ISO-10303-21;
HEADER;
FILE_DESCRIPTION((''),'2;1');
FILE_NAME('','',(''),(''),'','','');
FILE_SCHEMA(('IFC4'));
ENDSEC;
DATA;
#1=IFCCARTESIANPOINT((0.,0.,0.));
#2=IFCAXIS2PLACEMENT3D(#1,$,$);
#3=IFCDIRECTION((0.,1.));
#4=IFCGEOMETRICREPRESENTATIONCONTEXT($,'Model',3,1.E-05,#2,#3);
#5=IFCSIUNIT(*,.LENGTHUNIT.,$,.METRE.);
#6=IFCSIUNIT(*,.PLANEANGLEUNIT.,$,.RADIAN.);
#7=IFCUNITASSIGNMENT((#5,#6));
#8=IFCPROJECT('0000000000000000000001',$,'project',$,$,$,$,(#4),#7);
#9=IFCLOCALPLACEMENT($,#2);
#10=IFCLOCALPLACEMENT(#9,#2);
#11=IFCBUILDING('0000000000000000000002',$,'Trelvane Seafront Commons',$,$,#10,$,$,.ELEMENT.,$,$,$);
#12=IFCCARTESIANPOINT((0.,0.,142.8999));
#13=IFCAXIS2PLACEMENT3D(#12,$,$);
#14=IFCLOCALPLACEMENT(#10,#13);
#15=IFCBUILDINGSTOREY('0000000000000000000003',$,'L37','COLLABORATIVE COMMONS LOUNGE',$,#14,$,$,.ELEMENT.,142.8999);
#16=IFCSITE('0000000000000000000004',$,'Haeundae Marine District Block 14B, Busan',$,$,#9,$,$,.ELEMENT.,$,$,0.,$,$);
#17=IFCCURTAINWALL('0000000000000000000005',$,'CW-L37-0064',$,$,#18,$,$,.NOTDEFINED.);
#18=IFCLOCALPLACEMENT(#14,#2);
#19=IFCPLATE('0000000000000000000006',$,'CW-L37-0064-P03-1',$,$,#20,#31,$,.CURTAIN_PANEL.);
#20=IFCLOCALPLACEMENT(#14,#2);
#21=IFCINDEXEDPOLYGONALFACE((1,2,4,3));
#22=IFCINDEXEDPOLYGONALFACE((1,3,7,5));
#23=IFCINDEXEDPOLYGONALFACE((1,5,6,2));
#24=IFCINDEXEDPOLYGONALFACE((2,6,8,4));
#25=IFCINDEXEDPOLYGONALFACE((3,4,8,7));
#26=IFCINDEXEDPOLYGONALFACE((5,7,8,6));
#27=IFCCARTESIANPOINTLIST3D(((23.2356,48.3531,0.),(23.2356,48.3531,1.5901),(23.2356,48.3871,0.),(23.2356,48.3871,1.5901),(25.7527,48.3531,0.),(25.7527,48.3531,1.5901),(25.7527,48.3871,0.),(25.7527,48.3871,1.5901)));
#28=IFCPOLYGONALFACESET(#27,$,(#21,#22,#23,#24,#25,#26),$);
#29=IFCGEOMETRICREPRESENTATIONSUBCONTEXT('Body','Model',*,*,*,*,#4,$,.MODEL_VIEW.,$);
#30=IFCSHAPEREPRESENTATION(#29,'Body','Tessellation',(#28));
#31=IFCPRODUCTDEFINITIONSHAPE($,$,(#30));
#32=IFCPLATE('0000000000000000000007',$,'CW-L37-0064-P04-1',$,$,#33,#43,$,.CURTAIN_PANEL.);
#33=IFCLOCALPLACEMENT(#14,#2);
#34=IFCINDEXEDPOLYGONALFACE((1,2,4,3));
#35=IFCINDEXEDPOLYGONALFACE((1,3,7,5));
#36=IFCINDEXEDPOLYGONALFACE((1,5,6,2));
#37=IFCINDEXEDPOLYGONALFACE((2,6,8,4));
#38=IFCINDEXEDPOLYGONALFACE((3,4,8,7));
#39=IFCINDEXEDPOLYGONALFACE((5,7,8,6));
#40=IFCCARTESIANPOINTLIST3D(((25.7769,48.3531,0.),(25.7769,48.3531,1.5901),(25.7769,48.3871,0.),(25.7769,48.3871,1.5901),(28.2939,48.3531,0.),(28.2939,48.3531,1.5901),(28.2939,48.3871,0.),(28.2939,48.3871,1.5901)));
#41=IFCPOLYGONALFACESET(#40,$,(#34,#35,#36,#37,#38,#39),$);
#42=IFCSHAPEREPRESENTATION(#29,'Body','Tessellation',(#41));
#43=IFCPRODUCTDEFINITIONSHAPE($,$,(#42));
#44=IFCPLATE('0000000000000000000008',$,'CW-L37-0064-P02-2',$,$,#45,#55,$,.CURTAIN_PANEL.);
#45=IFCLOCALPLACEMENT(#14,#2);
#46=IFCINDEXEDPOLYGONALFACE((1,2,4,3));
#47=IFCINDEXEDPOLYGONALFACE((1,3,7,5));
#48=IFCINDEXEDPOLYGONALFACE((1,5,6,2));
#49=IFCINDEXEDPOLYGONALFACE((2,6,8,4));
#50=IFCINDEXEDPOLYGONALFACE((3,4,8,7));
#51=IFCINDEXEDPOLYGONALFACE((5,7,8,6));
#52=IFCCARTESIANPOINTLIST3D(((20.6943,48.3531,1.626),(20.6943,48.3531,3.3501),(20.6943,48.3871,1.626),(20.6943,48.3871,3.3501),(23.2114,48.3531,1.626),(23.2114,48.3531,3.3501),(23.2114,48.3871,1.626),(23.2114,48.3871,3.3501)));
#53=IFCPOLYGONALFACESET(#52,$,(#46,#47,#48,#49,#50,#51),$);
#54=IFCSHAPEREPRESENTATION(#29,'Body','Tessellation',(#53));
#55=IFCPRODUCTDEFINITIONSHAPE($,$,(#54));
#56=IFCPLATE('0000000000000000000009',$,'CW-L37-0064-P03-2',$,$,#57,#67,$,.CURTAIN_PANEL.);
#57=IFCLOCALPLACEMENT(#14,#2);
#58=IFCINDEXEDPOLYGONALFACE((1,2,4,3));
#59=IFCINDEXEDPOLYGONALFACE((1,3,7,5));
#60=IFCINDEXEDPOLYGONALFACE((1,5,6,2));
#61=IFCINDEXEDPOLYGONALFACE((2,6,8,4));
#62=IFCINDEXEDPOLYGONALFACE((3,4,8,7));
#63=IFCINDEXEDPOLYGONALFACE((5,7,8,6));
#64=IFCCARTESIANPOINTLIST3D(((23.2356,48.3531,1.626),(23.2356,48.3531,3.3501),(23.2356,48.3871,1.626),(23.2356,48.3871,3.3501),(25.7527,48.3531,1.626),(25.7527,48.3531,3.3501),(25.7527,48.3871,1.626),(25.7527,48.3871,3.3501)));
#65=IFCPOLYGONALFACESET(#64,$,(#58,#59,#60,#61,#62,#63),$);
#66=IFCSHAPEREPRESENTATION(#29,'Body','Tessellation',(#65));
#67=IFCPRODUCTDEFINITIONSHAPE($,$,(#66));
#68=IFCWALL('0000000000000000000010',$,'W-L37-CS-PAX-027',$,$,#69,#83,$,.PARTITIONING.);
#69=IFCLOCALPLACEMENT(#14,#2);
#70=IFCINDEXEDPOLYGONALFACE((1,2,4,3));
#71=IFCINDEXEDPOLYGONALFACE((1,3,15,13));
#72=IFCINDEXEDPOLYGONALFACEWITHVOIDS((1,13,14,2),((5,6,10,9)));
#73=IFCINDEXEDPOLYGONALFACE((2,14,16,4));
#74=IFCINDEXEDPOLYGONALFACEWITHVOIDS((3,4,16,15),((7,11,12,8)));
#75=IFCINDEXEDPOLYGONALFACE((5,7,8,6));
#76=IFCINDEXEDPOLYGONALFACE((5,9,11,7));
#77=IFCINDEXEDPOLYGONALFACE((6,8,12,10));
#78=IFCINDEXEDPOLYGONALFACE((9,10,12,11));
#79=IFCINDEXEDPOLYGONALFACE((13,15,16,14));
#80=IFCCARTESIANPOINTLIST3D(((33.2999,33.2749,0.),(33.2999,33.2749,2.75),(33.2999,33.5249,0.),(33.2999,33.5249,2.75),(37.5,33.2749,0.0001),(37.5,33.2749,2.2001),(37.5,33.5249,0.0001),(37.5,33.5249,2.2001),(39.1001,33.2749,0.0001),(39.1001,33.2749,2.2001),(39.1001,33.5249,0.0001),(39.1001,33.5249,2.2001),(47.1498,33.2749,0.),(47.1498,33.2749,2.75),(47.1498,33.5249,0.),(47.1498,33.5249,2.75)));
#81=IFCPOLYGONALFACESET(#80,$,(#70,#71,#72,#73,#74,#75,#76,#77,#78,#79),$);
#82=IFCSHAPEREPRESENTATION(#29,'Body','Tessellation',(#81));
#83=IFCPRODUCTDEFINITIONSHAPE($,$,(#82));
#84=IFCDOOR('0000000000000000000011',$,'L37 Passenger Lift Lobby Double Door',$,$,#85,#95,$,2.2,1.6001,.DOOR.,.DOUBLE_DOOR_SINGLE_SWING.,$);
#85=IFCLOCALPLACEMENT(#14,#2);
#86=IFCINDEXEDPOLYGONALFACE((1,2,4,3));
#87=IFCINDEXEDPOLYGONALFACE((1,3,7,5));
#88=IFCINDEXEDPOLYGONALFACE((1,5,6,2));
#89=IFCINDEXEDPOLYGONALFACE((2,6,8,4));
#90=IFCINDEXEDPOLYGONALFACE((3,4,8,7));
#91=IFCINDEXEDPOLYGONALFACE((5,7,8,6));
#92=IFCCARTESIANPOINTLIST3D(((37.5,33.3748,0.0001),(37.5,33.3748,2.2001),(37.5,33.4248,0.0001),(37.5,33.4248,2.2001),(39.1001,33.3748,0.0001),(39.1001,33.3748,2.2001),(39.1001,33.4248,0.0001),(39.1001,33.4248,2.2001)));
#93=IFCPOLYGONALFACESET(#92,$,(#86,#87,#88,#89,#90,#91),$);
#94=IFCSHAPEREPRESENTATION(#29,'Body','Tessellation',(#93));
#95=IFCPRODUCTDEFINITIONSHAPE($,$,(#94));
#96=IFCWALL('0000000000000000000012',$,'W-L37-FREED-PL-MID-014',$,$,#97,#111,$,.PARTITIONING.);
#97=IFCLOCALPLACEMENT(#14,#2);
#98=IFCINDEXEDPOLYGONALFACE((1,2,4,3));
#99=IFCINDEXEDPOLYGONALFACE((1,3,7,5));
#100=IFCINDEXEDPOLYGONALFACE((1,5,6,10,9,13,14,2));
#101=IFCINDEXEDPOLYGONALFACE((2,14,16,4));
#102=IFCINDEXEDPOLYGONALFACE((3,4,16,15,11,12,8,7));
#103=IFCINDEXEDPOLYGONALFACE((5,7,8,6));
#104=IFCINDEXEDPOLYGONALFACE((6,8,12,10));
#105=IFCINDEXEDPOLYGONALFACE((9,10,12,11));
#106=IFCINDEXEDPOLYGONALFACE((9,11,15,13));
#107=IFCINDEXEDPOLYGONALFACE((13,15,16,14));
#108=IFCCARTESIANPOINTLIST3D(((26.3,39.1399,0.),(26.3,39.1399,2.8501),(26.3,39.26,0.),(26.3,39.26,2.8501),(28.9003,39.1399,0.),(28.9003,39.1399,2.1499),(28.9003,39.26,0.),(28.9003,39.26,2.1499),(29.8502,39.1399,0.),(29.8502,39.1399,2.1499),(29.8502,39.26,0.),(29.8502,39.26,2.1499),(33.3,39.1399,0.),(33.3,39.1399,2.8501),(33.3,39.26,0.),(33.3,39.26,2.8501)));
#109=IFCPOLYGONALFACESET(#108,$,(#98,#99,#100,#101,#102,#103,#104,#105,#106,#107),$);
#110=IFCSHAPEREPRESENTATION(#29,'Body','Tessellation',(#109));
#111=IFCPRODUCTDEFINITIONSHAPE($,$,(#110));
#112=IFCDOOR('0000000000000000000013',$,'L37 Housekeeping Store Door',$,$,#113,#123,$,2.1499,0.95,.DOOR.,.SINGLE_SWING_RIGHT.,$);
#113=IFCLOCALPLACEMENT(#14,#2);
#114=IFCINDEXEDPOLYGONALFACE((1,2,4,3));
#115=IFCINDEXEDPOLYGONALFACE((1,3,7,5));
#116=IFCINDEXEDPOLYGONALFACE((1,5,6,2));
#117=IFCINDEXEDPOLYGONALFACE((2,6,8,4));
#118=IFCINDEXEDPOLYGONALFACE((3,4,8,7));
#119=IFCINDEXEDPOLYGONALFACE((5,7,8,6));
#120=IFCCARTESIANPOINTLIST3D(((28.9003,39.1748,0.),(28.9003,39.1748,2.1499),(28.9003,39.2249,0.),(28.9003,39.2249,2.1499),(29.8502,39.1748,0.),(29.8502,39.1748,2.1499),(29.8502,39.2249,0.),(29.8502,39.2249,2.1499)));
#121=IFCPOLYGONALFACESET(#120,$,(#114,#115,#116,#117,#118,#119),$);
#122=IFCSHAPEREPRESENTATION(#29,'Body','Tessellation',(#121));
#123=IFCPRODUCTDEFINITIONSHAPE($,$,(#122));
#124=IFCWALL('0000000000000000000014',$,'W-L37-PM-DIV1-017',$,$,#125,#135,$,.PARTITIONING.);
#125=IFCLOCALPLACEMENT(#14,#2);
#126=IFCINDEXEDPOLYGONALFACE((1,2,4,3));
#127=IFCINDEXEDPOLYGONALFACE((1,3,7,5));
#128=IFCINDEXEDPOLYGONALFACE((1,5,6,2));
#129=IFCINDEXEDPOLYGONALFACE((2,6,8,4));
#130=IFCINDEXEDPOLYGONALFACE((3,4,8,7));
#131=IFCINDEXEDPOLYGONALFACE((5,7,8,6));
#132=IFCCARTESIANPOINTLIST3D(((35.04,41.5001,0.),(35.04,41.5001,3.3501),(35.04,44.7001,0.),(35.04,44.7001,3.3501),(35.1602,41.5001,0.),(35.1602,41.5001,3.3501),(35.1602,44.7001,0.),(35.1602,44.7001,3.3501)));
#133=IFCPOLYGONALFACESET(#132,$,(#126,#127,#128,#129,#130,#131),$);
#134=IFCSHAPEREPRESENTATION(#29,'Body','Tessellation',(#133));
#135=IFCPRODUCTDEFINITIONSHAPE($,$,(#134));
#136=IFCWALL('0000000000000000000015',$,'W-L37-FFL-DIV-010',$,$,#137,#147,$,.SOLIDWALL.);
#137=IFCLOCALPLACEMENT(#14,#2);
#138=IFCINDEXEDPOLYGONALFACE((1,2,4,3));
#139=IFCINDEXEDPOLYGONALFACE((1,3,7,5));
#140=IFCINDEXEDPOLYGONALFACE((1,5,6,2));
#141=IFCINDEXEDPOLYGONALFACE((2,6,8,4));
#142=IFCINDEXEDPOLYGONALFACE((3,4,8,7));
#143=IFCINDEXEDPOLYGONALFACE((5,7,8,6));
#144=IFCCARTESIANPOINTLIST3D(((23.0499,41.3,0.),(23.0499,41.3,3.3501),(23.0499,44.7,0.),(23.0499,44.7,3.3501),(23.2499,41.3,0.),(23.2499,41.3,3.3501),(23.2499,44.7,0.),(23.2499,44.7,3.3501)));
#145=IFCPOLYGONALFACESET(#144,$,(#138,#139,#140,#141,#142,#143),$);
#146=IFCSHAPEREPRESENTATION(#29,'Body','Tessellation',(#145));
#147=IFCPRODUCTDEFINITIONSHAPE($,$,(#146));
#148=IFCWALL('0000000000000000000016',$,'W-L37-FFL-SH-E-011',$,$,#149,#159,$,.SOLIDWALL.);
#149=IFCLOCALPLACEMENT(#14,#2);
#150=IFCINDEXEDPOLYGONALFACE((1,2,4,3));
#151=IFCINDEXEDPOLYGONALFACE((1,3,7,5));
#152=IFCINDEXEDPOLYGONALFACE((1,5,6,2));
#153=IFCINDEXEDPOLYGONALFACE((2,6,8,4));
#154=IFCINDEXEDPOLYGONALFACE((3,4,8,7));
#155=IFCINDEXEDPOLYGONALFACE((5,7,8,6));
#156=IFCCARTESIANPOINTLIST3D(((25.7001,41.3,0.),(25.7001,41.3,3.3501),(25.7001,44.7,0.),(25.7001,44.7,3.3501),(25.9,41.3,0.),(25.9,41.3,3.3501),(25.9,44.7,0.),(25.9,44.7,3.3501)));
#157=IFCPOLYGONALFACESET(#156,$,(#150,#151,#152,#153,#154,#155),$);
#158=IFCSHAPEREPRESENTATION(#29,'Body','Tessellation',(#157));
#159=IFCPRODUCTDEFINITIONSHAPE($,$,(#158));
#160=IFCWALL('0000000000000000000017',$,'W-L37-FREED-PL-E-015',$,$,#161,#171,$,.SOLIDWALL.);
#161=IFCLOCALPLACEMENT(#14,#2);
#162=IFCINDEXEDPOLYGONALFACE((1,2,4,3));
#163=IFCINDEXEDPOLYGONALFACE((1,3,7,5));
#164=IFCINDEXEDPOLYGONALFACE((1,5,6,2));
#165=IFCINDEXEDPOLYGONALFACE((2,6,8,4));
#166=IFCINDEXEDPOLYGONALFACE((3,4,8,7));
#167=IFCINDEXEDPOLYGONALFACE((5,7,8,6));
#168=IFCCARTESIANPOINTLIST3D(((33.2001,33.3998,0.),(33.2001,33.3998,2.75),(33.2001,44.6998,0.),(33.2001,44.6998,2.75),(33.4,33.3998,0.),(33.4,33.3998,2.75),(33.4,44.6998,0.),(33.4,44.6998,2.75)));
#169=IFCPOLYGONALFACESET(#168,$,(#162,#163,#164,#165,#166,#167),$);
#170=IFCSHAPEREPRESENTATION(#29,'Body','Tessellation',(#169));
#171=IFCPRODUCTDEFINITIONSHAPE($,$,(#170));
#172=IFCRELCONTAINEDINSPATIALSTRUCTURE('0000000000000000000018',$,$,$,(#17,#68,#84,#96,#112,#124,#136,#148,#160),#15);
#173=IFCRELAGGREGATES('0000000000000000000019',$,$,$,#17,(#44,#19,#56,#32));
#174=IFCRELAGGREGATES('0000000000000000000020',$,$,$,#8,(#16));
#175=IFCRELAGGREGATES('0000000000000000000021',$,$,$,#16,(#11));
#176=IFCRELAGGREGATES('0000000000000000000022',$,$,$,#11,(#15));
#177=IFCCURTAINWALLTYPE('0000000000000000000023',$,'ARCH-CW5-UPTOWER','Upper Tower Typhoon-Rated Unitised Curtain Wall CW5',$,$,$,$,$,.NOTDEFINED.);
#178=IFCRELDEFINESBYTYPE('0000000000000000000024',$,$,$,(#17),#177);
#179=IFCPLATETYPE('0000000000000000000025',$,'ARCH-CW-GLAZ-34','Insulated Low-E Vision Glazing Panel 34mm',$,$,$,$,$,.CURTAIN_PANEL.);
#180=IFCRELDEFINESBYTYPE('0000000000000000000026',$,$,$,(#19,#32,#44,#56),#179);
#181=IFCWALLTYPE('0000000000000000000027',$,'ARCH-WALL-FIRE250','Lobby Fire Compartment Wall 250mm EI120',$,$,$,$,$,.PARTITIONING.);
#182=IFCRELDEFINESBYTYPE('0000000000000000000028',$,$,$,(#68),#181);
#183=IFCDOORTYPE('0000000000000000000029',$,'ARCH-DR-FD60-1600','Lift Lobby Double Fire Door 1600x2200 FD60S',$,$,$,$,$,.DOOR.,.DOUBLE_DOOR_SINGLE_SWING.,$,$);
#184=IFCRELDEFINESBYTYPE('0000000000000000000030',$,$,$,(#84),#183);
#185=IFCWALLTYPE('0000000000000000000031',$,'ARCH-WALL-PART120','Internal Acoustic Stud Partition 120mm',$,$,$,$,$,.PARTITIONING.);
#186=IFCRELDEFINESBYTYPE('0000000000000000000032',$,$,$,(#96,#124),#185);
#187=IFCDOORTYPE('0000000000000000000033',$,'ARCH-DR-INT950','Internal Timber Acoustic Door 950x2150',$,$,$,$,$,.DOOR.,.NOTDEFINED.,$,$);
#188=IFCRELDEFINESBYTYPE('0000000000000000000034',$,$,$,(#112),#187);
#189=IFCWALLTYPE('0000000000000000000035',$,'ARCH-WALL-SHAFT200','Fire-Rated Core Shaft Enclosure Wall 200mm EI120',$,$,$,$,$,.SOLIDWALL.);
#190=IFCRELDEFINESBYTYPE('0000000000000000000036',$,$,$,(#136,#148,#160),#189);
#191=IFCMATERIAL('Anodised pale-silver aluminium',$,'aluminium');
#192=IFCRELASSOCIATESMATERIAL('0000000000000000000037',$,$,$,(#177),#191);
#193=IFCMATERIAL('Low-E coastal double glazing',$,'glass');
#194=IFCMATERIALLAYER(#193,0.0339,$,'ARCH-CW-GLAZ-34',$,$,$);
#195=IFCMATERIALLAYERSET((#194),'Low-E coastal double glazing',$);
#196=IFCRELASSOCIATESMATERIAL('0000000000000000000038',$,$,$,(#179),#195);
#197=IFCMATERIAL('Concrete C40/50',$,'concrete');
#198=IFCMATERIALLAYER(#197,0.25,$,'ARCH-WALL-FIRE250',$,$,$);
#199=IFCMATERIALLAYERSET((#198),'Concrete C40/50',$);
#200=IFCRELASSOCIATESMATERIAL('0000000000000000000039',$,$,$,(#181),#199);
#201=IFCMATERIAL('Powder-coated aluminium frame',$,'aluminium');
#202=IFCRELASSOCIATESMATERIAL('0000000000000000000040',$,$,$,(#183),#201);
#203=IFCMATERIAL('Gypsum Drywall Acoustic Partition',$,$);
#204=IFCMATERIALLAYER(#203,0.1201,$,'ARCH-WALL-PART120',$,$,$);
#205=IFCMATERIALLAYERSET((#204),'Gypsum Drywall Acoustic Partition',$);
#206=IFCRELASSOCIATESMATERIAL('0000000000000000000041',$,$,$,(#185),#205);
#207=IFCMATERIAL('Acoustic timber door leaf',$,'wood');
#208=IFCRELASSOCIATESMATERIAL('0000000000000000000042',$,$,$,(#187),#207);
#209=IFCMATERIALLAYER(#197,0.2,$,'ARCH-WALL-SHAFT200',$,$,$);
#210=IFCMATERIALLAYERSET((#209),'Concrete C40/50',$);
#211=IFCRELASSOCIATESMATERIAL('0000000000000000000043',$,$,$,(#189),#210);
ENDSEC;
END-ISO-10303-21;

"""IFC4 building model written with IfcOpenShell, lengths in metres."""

from ifc_helpers import new_model, si_unit, direction, frame, frame_2d, origin, origin_2d, place, context, subcontext, project, spatial, rectangle, extrude, source, transform, mapped, material, layer, layer_set, type_object, element, fill, aggregate, save


model = new_model("IFC4")

# Units and contexts
model_context = context("Model", 3, precision=1e-05, world=origin(), true_north=direction((0.0, 1.0)))
body_context = subcontext(model_context, "Body", "Model", "MODEL_VIEW")
ifc_project = project(units=[si_unit("LENGTHUNIT", "METRE"), si_unit("PLANEANGLEUNIT", "RADIAN")], contexts=[model_context])

# Site, building, storey
site_placement = place(None, origin())
site = spatial("IfcSite", under=ifc_project, at=site_placement, Name="Haeundae Marine District Block 14B, Busan", CompositionType="ELEMENT", RefElevation=0.0)
building_placement = place(site_placement, origin())
building = spatial("IfcBuilding", under=site, at=building_placement, Name="Trelvane Seafront Commons", CompositionType="ELEMENT")
storey_placement = place(building_placement, frame((0.0, 0.0, 142.8999)))
storey = spatial("IfcBuildingStorey", under=building, at=storey_placement, Name="L37", Description="COLLABORATIVE COMMONS LOUNGE", CompositionType="ELEMENT", Elevation=142.8999)

# Curtain wall, plates
ifc_material_1 = material(Name="Anodised pale-silver aluminium", Category="aluminium")
curtain_wall_type = type_object("IfcCurtainWallType", Name="ARCH-CW5-UPTOWER", Description="Upper Tower Typhoon-Rated Unitised Curtain Wall CW5", PredefinedType="NOTDEFINED", material=ifc_material_1)
curtain_wall_placement = place(storey_placement, origin())
curtain_wall = element("IfcCurtainWall", 1, at=curtain_wall_placement, inside=storey, type_object=curtain_wall_type, Name="CW-L37-0064", PredefinedType="NOTDEFINED")
ifc_material_2 = material(Name="Low-E coastal double glazing", Category="glass")
ifc_layer_1 = layer(ifc_material_2, 0.0339, Name="ARCH-CW-GLAZ-34")
ifc_layer_set_1 = layer_set([ifc_layer_1], Name="Low-E coastal double glazing")
plate_type = type_object("IfcPlateType", Name="ARCH-CW-GLAZ-34", Description="Insulated Low-E Vision Glazing Panel 34mm", PredefinedType="CURTAIN_PANEL", material=ifc_layer_set_1)
shared_shape_1 = source(origin(), body_context, "Body", "SweptSolid", [
    extrude(rectangle(XDim=2.5171, YDim=0.0339, at=origin_2d()), origin(), (0.0, 0.0, 1.0), 1.5901),
])
plate_1_placement = place(storey_placement, frame((24.4941, 48.3701, 0.0), z_axis=(0.0, 0.0, 1.0), x_axis=(1.0, 0.0, 0.0)))
plate_1 = element("IfcPlate", 2, at=plate_1_placement, type_object=plate_type, Name="CW-L37-0064-P03-1", PredefinedType="CURTAIN_PANEL", context=body_context, shape_type="MappedRepresentation", body=[
    mapped(shared_shape_1, transform((0.0, 0.0, 0.0), x_axis=(1.0, 0.0, 0.0), y_axis=(0.0, 1.0, 0.0), z_axis=(0.0, 0.0, 1.0), scale=1.0)),
])
plate_2_placement = place(storey_placement, frame((27.0354, 48.3701, 0.0), z_axis=(0.0, 0.0, 1.0), x_axis=(1.0, 0.0, 0.0)))
plate_2 = element("IfcPlate", 3, at=plate_2_placement, type_object=plate_type, Name="CW-L37-0064-P04-1", PredefinedType="CURTAIN_PANEL", context=body_context, shape_type="MappedRepresentation", body=[
    mapped(shared_shape_1, transform((0.0, 0.0, 0.0), x_axis=(1.0, 0.0, 0.0), y_axis=(0.0, 1.0, 0.0), z_axis=(0.0, 0.0, 1.0), scale=1.0)),
])
shared_shape_2 = source(origin(), body_context, "Body", "SweptSolid", [
    extrude(rectangle(XDim=2.5171, YDim=0.0339, at=origin_2d()), origin(), (0.0, 0.0, 1.0), 1.7241),
])
plate_3_placement = place(storey_placement, frame((21.9529, 48.3701, 1.626), z_axis=(0.0, 0.0, 1.0), x_axis=(1.0, 0.0, 0.0)))
plate_3 = element("IfcPlate", 4, at=plate_3_placement, type_object=plate_type, Name="CW-L37-0064-P02-2", PredefinedType="CURTAIN_PANEL", context=body_context, shape_type="MappedRepresentation", body=[
    mapped(shared_shape_2, transform((0.0, 0.0, 0.0), x_axis=(1.0, 0.0, 0.0), y_axis=(0.0, 1.0, 0.0), z_axis=(0.0, 0.0, 1.0), scale=1.0)),
])
plate_4_placement = place(storey_placement, frame((24.4941, 48.3701, 1.626), z_axis=(0.0, 0.0, 1.0), x_axis=(1.0, 0.0, 0.0)))
plate_4 = element("IfcPlate", 5, at=plate_4_placement, type_object=plate_type, Name="CW-L37-0064-P03-2", PredefinedType="CURTAIN_PANEL", context=body_context, shape_type="MappedRepresentation", body=[
    mapped(shared_shape_2, transform((0.0, 0.0, 0.0), x_axis=(1.0, 0.0, 0.0), y_axis=(0.0, 1.0, 0.0), z_axis=(0.0, 0.0, 1.0), scale=1.0)),
])
aggregate(curtain_wall, [plate_3, plate_1, plate_4, plate_2])

# Walls, openings, doors
ifc_material_3 = material(Name="Concrete C40/50", Category="concrete")
ifc_layer_2 = layer(ifc_material_3, 0.25, Name="ARCH-WALL-FIRE250")
ifc_layer_set_2 = layer_set([ifc_layer_2], Name="Concrete C40/50")
wall_type_1 = type_object("IfcWallType", Name="ARCH-WALL-FIRE250", Description="Lobby Fire Compartment Wall 250mm EI120", PredefinedType="PARTITIONING", material=ifc_layer_set_2)
wall_1_placement = place(storey_placement, frame((33.3, 33.3999, 0.0), z_axis=(0.0, 0.0, 1.0), x_axis=(1.0, 0.0, 0.0)))
wall_1 = element("IfcWall", 6, at=wall_1_placement, inside=storey, type_object=wall_type_1, Name="W-L37-CS-PAX-027", PredefinedType="PARTITIONING", context=body_context, shape_type="SweptSolid", body=[
    extrude(rectangle(XDim=13.8499, YDim=0.25, at=frame_2d((6.9248, 0.0))), origin(), (0.0, 0.0, 1.0), 2.75),
])
opening_1_placement = place(wall_1_placement, frame((4.2, 0.0, 0.0)))
opening_1 = element("IfcOpeningElement", 7, at=opening_1_placement, cuts=wall_1, PredefinedType="OPENING", context=body_context, shape_type="SweptSolid", body=[
    extrude(rectangle(XDim=1.6001, YDim=2.2, at=frame_2d((0.8, 1.1001))), frame((0.0, 0.135, 0.0), z_axis=(0.0, -1.0, 0.0), x_axis=(1.0, 0.0, 0.0)), (0.0, 0.0, 1.0), 0.27),
])
ifc_material_4 = material(Name="Powder-coated aluminium frame", Category="aluminium")
door_type_1 = type_object("IfcDoorType", Name="ARCH-DR-FD60-1600", Description="Lift Lobby Double Fire Door 1600x2200 FD60S", OperationType="DOUBLE_DOOR_SINGLE_SWING", PredefinedType="DOOR", material=ifc_material_4)
shared_shape_3 = source(origin(), body_context, "Body", "SweptSolid", [
    extrude(rectangle(XDim=1.6001, YDim=2.2, at=frame_2d((0.8, 1.1001))), frame((0.0, 0.0249, 0.0), z_axis=(0.0, -1.0, 0.0), x_axis=(1.0, 0.0, 0.0)), (0.0, 0.0, 1.0), 0.05),
])
door_1_placement = place(opening_1_placement, origin())
door_1 = element("IfcDoor", 8, at=door_1_placement, inside=storey, type_object=door_type_1, Name="L37 Passenger Lift Lobby Double Door", OperationType="DOUBLE_DOOR_SINGLE_SWING", OverallHeight=2.2, OverallWidth=1.6001, PredefinedType="DOOR", context=body_context, shape_type="MappedRepresentation", body=[
    mapped(shared_shape_3, transform((0.0, 0.0, 0.0), x_axis=(1.0, 0.0, 0.0), y_axis=(0.0, 1.0, 0.0), z_axis=(0.0, 0.0, 1.0), scale=1.0)),
])
fill(opening_1, door_1)
ifc_material_5 = material(Name="Gypsum Drywall Acoustic Partition")
ifc_layer_3 = layer(ifc_material_5, 0.1201, Name="ARCH-WALL-PART120")
ifc_layer_set_3 = layer_set([ifc_layer_3], Name="Gypsum Drywall Acoustic Partition")
wall_type_2 = type_object("IfcWallType", Name="ARCH-WALL-PART120", Description="Internal Acoustic Stud Partition 120mm", PredefinedType="PARTITIONING", material=ifc_layer_set_3)
wall_2_placement = place(storey_placement, frame((26.3, 39.2, 0.0), z_axis=(0.0, 0.0, 1.0), x_axis=(1.0, 0.0, 0.0)))
wall_2 = element("IfcWall", 9, at=wall_2_placement, inside=storey, type_object=wall_type_2, Name="W-L37-FREED-PL-MID-014", PredefinedType="PARTITIONING", context=body_context, shape_type="SweptSolid", body=[
    extrude(rectangle(XDim=7.0, YDim=0.1201, at=frame_2d((3.5, 0.0))), origin(), (0.0, 0.0, 1.0), 2.8501),
])
opening_2_placement = place(wall_2_placement, frame((2.6001, 0.0, 0.0)))
opening_2 = element("IfcOpeningElement", 10, at=opening_2_placement, cuts=wall_2, PredefinedType="OPENING", context=body_context, shape_type="SweptSolid", body=[
    extrude(rectangle(XDim=0.95, YDim=2.1499, at=frame_2d((0.4751, 1.075))), frame((0.0, 0.0701, 0.0), z_axis=(0.0, -1.0, 0.0), x_axis=(1.0, 0.0, 0.0)), (0.0, 0.0, 1.0), 0.1401),
])
ifc_material_6 = material(Name="Acoustic timber door leaf", Category="wood")
door_type_2 = type_object("IfcDoorType", Name="ARCH-DR-INT950", Description="Internal Timber Acoustic Door 950x2150", OperationType="NOTDEFINED", PredefinedType="DOOR", material=ifc_material_6)
shared_shape_4 = source(origin(), body_context, "Body", "SweptSolid", [
    extrude(rectangle(XDim=0.95, YDim=2.1499, at=frame_2d((0.4751, 1.075))), frame((0.0, 0.0249, 0.0), z_axis=(0.0, -1.0, 0.0), x_axis=(1.0, 0.0, 0.0)), (0.0, 0.0, 1.0), 0.05),
])
door_2_placement = place(opening_2_placement, origin())
door_2 = element("IfcDoor", 11, at=door_2_placement, inside=storey, type_object=door_type_2, Name="L37 Housekeeping Store Door", OperationType="SINGLE_SWING_RIGHT", OverallHeight=2.1499, OverallWidth=0.95, PredefinedType="DOOR", context=body_context, shape_type="MappedRepresentation", body=[
    mapped(shared_shape_4, transform((0.0, 0.0, 0.0), x_axis=(1.0, 0.0, 0.0), y_axis=(0.0, 1.0, 0.0), z_axis=(0.0, 0.0, 1.0), scale=1.0)),
])
fill(opening_2, door_2)

# Walls
wall_3_placement = place(storey_placement, frame((35.1001, 41.5, 0.0), z_axis=(0.0, 0.0, 1.0), x_axis=(0.0, 1.0, 0.0)))
element("IfcWall", 12, at=wall_3_placement, inside=storey, type_object=wall_type_2, Name="W-L37-PM-DIV1-017", PredefinedType="PARTITIONING", context=body_context, shape_type="SweptSolid", body=[
    extrude(rectangle(XDim=3.2, YDim=0.1201, at=frame_2d((1.6001, 0.0))), origin(), (0.0, 0.0, 1.0), 3.3501),
])
ifc_layer_4 = layer(ifc_material_3, 0.2, Name="ARCH-WALL-SHAFT200")
ifc_layer_set_4 = layer_set([ifc_layer_4], Name="Concrete C40/50")
wall_type_3 = type_object("IfcWallType", Name="ARCH-WALL-SHAFT200", Description="Fire-Rated Core Shaft Enclosure Wall 200mm EI120", PredefinedType="SOLIDWALL", material=ifc_layer_set_4)
for number, where, z_axis, x_axis, name in (
    (13, (23.1499, 41.3, 0.0), (0.0, 0.0, 1.0), (0.0, 1.0, 0.0), "W-L37-FFL-DIV-010"),
    (14, (25.8, 41.3, 0.0), (0.0, 0.0, 1.0), (0.0, 1.0, 0.0), "W-L37-FFL-SH-E-011"),
):
    element("IfcWall", number, at=place(storey_placement, frame(where, z_axis=z_axis, x_axis=x_axis)), inside=storey, type_object=wall_type_3, Name=name, PredefinedType="SOLIDWALL", context=body_context, shape_type="SweptSolid", body=[
        extrude(rectangle(XDim=3.3999, YDim=0.2, at=frame_2d((1.7, 0.0))), origin(), (0.0, 0.0, 1.0), 3.3501),
    ])
wall_4_placement = place(storey_placement, frame((33.3, 33.3999, 0.0), z_axis=(0.0, 0.0, 1.0), x_axis=(0.0, 1.0, 0.0)))
element("IfcWall", 15, at=wall_4_placement, inside=storey, type_object=wall_type_3, Name="W-L37-FREED-PL-E-015", PredefinedType="SOLIDWALL", context=body_context, shape_type="SweptSolid", body=[
    extrude(rectangle(XDim=11.3, YDim=0.2, at=frame_2d((5.6499, 0.0))), origin(), (0.0, 0.0, 1.0), 2.75),
])

save(model, "model.ifc")
